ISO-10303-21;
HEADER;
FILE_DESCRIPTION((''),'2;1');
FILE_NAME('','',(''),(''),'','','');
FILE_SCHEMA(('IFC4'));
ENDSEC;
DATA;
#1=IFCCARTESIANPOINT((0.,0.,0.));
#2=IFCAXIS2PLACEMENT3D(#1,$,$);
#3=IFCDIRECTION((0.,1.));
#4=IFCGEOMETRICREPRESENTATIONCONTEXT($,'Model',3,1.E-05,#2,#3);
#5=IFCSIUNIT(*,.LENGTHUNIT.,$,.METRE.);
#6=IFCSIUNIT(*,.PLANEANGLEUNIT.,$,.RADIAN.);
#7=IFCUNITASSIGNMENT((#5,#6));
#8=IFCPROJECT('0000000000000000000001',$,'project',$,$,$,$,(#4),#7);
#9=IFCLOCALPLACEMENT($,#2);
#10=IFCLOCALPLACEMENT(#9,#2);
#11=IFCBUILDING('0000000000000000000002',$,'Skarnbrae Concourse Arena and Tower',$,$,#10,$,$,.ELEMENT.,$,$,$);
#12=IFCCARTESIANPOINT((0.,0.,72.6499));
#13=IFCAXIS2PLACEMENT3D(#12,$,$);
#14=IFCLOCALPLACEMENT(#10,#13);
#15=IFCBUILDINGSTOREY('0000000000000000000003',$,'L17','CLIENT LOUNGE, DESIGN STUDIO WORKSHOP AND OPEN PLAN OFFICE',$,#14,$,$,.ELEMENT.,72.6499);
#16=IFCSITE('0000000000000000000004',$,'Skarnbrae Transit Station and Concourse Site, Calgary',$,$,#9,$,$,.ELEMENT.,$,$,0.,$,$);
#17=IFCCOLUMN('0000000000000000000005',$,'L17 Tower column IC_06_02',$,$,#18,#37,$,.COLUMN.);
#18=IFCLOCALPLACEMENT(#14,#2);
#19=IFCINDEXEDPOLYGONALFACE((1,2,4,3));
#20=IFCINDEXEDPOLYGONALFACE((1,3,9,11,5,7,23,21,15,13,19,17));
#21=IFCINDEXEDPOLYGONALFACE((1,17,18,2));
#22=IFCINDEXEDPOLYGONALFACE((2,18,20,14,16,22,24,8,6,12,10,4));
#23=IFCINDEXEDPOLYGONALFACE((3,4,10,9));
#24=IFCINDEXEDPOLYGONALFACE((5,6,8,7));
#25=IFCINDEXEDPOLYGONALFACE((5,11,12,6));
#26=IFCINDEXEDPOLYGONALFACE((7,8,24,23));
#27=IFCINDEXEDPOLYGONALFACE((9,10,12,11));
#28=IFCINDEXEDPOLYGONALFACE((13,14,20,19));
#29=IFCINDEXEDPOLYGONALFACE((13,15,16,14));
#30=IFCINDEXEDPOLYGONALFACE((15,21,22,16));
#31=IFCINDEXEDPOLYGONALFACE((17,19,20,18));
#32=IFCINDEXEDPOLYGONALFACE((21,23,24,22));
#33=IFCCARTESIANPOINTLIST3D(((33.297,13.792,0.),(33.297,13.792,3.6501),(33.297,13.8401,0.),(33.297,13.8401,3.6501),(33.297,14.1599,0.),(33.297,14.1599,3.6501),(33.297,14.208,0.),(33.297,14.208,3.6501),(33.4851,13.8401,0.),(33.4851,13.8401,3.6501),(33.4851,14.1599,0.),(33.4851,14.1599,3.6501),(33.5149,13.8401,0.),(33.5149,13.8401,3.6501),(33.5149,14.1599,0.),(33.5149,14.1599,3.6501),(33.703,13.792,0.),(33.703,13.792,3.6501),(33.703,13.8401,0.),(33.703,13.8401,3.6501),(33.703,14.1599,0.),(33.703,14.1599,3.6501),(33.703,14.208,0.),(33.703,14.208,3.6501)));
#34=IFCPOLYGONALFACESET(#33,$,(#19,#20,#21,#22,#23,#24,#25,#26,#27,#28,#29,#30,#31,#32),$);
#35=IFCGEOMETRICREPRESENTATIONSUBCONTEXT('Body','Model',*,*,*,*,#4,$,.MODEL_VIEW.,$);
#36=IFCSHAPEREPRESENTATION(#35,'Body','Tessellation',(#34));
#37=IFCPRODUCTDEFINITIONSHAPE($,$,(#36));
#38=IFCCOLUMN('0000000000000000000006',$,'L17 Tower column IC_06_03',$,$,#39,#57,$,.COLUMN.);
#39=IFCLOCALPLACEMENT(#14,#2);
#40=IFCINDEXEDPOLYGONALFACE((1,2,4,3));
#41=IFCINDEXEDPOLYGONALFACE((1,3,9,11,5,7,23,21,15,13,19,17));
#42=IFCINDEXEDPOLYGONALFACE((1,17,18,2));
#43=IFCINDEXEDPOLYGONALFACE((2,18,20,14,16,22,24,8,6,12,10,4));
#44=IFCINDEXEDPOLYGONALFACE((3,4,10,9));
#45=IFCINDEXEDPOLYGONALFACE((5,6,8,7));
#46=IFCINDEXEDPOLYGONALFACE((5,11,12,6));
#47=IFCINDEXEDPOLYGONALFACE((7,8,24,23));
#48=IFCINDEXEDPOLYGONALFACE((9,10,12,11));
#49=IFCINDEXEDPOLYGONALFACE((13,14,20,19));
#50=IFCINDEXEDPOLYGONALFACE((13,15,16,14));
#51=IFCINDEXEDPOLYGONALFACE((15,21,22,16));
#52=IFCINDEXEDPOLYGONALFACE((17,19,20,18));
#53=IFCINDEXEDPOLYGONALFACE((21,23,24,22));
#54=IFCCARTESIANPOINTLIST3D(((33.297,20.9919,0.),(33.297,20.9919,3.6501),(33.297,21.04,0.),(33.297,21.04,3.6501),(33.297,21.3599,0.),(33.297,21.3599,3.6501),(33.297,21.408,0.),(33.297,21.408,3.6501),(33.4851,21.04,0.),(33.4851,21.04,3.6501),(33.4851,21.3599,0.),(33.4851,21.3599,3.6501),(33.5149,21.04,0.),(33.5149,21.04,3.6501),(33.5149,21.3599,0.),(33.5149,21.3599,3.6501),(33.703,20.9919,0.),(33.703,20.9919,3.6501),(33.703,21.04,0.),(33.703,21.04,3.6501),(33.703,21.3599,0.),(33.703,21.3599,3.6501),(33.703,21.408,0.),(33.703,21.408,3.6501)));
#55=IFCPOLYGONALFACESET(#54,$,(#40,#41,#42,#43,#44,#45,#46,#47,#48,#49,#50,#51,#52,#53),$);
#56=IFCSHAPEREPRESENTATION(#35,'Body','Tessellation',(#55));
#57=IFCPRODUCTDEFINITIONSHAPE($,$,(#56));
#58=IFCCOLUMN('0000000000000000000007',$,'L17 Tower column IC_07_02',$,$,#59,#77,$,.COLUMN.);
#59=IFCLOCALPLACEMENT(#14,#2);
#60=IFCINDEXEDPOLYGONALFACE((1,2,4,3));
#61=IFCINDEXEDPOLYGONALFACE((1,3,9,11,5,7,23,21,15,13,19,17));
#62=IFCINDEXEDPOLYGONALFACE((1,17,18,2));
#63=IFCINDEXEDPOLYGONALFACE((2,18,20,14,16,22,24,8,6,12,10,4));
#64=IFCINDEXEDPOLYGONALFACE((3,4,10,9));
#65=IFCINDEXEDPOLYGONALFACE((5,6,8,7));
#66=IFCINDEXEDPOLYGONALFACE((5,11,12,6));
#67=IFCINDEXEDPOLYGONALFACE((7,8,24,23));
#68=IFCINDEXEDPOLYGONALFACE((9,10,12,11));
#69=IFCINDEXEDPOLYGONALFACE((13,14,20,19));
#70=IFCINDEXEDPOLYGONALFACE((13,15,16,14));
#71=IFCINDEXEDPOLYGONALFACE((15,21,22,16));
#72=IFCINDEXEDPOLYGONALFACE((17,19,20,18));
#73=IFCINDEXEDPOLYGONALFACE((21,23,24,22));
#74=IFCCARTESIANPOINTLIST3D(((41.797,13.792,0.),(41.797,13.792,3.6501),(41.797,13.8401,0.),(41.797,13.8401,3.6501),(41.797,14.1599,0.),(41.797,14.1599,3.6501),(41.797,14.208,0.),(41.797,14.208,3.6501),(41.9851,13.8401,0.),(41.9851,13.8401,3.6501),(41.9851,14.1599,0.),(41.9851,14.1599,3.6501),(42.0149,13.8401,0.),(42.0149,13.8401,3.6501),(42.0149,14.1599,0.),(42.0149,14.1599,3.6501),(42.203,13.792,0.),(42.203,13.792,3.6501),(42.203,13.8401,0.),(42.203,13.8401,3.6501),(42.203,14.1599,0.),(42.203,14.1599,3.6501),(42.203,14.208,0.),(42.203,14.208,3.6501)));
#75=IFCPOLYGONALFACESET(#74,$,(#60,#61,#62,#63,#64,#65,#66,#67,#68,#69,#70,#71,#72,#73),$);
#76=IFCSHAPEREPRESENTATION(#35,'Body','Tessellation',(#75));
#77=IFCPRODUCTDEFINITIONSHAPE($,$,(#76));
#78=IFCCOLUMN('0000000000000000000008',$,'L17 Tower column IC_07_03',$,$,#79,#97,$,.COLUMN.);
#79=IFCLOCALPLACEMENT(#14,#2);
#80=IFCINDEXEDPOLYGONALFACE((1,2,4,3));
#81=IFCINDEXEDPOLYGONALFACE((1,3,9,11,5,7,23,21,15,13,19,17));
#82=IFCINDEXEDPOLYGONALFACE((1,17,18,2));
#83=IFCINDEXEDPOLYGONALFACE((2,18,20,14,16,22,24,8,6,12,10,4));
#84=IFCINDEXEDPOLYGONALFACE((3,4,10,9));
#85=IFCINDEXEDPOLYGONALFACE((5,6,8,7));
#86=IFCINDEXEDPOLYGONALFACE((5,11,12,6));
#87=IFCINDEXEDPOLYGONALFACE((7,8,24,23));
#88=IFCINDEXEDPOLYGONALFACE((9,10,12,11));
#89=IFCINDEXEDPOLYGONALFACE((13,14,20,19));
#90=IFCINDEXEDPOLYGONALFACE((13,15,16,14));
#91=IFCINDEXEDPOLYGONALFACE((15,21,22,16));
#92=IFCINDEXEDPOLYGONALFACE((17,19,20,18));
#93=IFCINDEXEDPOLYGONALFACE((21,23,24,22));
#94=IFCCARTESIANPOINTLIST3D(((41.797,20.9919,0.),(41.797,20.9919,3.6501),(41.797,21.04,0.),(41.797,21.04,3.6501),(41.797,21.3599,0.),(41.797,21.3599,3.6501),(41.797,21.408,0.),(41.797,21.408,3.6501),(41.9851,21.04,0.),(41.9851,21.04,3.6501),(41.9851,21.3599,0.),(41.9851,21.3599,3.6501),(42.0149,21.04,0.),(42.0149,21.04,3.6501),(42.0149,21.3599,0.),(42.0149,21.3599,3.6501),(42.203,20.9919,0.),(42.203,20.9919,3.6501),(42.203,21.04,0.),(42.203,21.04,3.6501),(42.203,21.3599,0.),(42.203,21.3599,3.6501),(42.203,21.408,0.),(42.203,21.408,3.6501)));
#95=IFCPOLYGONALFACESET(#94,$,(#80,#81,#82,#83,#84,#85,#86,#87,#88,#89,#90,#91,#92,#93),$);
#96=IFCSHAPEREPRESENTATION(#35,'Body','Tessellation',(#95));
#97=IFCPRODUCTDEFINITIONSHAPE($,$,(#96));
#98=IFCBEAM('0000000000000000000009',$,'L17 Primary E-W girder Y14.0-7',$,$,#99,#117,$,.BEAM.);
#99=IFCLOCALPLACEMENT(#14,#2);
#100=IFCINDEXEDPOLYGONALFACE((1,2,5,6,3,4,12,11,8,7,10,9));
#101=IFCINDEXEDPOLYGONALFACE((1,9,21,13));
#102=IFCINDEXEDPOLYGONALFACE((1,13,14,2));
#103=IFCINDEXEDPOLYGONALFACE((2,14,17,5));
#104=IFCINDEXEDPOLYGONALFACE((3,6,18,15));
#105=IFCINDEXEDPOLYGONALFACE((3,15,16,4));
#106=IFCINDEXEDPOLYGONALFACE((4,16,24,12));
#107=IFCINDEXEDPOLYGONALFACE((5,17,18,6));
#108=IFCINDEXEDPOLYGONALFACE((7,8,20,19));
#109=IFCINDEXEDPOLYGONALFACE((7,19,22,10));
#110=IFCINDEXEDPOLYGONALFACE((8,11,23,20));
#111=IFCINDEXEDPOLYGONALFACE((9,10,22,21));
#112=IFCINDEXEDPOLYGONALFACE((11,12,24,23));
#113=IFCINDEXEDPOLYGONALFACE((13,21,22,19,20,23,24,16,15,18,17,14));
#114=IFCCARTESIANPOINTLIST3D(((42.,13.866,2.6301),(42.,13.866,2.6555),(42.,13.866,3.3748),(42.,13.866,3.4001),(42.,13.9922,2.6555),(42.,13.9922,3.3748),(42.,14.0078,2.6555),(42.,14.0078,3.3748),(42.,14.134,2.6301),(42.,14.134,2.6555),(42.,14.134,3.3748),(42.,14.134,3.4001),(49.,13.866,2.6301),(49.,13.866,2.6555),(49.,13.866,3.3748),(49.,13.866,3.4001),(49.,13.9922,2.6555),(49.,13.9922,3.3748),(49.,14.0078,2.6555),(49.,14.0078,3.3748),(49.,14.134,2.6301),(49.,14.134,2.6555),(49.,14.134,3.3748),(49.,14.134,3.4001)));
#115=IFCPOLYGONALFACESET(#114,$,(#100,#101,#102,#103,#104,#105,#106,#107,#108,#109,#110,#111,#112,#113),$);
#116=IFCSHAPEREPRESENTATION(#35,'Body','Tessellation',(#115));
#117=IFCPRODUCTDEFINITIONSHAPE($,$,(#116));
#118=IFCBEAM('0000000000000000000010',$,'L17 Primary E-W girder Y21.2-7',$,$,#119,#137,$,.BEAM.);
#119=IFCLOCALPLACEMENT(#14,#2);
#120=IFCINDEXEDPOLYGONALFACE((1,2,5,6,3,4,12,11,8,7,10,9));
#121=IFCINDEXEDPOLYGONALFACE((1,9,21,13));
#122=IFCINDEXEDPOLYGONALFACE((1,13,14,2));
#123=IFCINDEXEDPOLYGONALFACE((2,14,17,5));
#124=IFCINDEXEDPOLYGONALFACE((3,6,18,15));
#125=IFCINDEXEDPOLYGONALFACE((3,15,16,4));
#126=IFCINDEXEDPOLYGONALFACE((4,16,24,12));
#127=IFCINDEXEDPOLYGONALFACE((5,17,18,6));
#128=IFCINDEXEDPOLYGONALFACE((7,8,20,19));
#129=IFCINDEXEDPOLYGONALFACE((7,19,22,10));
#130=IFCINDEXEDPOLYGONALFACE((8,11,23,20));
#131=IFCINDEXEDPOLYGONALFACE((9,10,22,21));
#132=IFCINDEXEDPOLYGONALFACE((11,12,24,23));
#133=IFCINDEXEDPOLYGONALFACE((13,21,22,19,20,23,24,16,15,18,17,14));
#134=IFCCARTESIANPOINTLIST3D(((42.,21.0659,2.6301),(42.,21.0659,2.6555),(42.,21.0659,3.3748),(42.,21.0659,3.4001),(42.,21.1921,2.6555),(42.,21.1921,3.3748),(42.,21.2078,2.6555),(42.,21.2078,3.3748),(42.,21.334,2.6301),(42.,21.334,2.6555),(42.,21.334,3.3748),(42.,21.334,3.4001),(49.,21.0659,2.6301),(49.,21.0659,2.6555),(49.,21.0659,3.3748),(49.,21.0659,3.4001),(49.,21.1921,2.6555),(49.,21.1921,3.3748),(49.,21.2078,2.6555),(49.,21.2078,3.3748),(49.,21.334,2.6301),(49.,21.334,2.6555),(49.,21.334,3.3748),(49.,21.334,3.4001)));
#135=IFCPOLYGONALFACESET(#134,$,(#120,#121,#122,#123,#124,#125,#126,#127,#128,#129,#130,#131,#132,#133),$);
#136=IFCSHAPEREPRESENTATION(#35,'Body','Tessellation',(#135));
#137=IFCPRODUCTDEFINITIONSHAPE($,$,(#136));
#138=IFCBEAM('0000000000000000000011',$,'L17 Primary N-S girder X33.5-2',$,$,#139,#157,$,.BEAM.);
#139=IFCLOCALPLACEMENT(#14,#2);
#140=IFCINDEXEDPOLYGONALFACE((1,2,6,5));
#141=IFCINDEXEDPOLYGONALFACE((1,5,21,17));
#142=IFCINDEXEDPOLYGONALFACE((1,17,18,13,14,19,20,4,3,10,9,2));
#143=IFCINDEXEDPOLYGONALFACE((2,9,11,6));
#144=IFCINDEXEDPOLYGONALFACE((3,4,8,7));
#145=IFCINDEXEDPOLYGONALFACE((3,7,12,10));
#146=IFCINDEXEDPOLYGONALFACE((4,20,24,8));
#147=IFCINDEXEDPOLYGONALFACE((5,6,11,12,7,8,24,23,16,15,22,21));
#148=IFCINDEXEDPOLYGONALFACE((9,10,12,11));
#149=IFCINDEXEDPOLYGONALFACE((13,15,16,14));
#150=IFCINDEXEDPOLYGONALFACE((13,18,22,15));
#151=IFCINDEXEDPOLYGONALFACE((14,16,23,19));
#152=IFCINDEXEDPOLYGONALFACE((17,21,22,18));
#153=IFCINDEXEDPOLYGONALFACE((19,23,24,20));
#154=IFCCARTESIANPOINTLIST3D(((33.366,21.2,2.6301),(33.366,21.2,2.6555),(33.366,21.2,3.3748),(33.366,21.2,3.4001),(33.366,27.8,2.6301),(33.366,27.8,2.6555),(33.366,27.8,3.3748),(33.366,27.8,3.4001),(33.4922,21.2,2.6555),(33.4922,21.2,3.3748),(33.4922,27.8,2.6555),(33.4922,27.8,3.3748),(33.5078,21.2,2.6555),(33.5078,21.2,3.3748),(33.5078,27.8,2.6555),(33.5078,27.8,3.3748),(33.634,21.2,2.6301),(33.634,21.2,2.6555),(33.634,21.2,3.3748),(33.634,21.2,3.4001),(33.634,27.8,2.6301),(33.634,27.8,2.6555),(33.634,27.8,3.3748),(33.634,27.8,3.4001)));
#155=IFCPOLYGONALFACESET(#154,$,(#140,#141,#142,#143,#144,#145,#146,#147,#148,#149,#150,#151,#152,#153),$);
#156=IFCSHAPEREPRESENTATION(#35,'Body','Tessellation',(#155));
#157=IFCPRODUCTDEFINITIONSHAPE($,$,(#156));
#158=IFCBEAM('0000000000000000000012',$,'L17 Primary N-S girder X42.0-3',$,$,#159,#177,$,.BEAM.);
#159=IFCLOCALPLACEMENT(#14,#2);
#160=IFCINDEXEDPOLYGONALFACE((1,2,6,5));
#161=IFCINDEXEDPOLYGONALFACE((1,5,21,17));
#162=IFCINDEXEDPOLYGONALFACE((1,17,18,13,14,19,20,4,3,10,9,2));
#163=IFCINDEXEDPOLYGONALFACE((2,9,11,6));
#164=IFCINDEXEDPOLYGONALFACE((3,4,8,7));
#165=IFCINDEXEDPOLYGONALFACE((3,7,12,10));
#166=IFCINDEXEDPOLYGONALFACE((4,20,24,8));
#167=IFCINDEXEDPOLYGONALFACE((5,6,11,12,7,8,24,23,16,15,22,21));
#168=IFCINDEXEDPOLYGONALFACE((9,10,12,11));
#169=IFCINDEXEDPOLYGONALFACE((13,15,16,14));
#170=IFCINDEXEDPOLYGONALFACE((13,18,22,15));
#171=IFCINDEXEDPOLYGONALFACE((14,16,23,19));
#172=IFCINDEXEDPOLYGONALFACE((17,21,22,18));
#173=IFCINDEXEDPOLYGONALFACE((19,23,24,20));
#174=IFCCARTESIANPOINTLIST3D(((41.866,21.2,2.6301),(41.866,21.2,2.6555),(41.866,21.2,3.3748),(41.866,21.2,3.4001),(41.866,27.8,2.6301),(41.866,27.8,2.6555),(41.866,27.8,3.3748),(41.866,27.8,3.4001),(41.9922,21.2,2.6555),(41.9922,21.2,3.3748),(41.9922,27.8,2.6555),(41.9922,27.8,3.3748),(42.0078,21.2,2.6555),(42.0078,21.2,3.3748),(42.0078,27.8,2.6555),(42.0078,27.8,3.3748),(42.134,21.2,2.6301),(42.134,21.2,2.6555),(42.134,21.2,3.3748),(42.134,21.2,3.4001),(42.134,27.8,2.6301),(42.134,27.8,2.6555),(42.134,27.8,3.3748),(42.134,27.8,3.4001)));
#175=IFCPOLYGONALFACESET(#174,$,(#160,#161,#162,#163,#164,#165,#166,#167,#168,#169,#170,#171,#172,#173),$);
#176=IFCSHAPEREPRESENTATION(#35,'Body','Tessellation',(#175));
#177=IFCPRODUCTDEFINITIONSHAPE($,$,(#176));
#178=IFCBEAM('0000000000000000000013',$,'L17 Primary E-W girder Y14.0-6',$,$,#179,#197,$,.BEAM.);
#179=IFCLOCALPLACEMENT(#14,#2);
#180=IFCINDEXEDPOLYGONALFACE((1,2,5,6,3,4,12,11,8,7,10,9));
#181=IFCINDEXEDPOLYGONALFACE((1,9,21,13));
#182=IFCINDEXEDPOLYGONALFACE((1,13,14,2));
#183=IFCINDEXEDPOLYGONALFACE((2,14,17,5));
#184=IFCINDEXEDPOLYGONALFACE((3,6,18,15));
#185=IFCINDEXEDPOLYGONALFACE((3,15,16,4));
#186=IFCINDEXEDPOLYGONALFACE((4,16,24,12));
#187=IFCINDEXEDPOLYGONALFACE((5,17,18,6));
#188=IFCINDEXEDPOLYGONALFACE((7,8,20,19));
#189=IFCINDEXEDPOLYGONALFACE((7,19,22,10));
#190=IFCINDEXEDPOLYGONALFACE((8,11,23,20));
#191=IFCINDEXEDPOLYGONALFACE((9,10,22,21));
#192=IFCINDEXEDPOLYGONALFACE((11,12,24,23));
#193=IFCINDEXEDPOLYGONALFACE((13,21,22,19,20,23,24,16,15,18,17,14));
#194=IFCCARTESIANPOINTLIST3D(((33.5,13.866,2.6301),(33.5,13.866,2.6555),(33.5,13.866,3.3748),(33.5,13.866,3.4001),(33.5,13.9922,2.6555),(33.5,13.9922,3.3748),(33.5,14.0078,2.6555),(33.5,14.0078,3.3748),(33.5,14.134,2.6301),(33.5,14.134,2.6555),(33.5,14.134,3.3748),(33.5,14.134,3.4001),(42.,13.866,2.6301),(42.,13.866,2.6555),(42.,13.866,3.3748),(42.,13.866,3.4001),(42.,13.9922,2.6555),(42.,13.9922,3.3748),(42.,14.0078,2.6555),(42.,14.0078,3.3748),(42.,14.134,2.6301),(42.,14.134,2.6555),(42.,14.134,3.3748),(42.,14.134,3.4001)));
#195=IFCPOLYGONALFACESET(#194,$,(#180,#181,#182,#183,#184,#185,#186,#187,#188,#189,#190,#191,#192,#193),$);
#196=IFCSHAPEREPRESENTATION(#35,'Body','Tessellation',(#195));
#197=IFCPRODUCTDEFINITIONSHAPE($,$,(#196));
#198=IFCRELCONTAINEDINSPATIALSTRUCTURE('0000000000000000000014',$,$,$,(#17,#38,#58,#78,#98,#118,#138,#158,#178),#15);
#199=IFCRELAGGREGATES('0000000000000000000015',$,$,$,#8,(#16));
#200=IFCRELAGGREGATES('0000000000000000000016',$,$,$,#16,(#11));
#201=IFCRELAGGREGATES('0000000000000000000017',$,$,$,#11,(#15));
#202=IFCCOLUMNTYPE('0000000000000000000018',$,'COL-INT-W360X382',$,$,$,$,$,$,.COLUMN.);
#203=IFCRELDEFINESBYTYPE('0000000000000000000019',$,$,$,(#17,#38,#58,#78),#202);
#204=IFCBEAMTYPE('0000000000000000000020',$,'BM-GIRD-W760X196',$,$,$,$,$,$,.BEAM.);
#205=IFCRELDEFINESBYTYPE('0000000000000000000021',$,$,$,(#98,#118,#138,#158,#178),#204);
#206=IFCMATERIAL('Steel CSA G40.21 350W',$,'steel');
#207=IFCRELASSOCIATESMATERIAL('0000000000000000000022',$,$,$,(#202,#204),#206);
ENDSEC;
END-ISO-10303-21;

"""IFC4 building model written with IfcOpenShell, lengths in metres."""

from ifc_helpers import new_model, si_unit, direction, frame, origin, origin_2d, place, context, subcontext, project, spatial, i_section, extrude, source, transform, mapped, material, material_profile, profile_set, type_object, element, save


model = new_model("IFC4")

# Units and contexts
model_context = context("Model", 3, precision=1e-05, world=origin(), true_north=direction((0.0, 1.0)))
body_context = subcontext(model_context, "Body", "Model", "MODEL_VIEW")
ifc_project = project(units=[si_unit("LENGTHUNIT", "METRE"), si_unit("PLANEANGLEUNIT", "RADIAN")], contexts=[model_context])

# Site, building, storey
site_placement = place(None, origin())
site = spatial("IfcSite", under=ifc_project, at=site_placement, Name="Skarnbrae Transit Station and Concourse Site, Calgary", CompositionType="ELEMENT", RefElevation=0.0)
building_placement = place(site_placement, origin())
building = spatial("IfcBuilding", under=site, at=building_placement, Name="Skarnbrae Concourse Arena and Tower", CompositionType="ELEMENT")
storey_placement = place(building_placement, frame((0.0, 0.0, 72.6499)))
storey = spatial("IfcBuildingStorey", under=building, at=storey_placement, Name="L17", Description="CLIENT LOUNGE, DESIGN STUDIO WORKSHOP AND OPEN PLAN OFFICE", CompositionType="ELEMENT", Elevation=72.6499)

# Columns
ifc_material_1 = material(Name="Steel CSA G40.21 350W", Category="steel")
ifc_material_profile_1 = material_profile(ifc_material_1, i_section(OverallWidth=0.406, OverallDepth=0.416, WebThickness=0.0298, FlangeThickness=0.0481, at=origin_2d()), Name="W360X382")
ifc_profile_set_1 = profile_set([ifc_material_profile_1], Name="Steel CSA G40.21 350W")
column_type = type_object("IfcColumnType", Name="COL-INT-W360X382", PredefinedType="COLUMN", material=ifc_profile_set_1)
shared_shape_1 = source(origin(), body_context, "Body", "SweptSolid", [
    extrude(i_section(OverallWidth=0.406, OverallDepth=0.416, WebThickness=0.0298, FlangeThickness=0.0481, at=origin_2d()), origin(), (0.0, 0.0, 1.0), 3.6501),
])
for number, where, z_axis, x_axis, name in (
    (1, (33.5, 14.0, 0.0), (0.0, 0.0, 1.0), (1.0, 0.0, 0.0), "L17 Tower column IC_06_02"),
    (2, (33.5, 21.2, 0.0), (0.0, 0.0, 1.0), (1.0, 0.0, 0.0), "L17 Tower column IC_06_03"),
    (3, (42.0, 14.0, 0.0), (0.0, 0.0, 1.0), (1.0, 0.0, 0.0), "L17 Tower column IC_07_02"),
    (4, (42.0, 21.2, 0.0), (0.0, 0.0, 1.0), (1.0, 0.0, 0.0), "L17 Tower column IC_07_03"),
):
    element("IfcColumn", number, at=place(storey_placement, frame(where, z_axis=z_axis, x_axis=x_axis)), inside=storey, type_object=column_type, Name=name, PredefinedType="COLUMN", context=body_context, shape_type="MappedRepresentation", body=[
        mapped(shared_shape_1, transform((0.0, 0.0, 0.0))),
    ])

# Beams
ifc_material_profile_2 = material_profile(ifc_material_1, i_section(OverallWidth=0.2681, OverallDepth=0.77, WebThickness=0.0156, FlangeThickness=0.0254, at=origin_2d()), Name="W760X196")
ifc_profile_set_2 = profile_set([ifc_material_profile_2], Name="Steel CSA G40.21 350W")
beam_type_1 = type_object("IfcBeamType", Name="BM-GIRD-W760X196", PredefinedType="BEAM", material=ifc_profile_set_2)
shared_shape_2 = source(origin(), body_context, "Body", "SweptSolid", [
    extrude(i_section(OverallWidth=0.2681, OverallDepth=0.77, WebThickness=0.0156, FlangeThickness=0.0254, at=origin_2d()), origin(), (0.0, 0.0, 1.0), 7.0),
])
for number, where, z_axis, x_axis, name in (
    (5, (42.0, 14.0, 3.0151), (1.0, 0.0, 0.0), (0.0, 1.0, 0.0), "L17 Primary E-W girder Y14.0-7"),
    (6, (42.0, 21.2, 3.0151), (1.0, 0.0, 0.0), (0.0, 1.0, 0.0), "L17 Primary E-W girder Y21.2-7"),
):
    element("IfcBeam", number, at=place(storey_placement, frame(where, z_axis=z_axis, x_axis=x_axis)), inside=storey, type_object=beam_type_1, Name=name, PredefinedType="BEAM", context=body_context, shape_type="MappedRepresentation", body=[
        mapped(shared_shape_2, transform((0.0, 0.0, 0.0))),
    ])
shared_shape_3 = source(origin(), body_context, "Body", "SweptSolid", [
    extrude(i_section(OverallWidth=0.2681, OverallDepth=0.77, WebThickness=0.0156, FlangeThickness=0.0254, at=origin_2d()), origin(), (0.0, 0.0, 1.0), 6.6001),
])
for number, where, z_axis, x_axis, name in (
    (7, (33.5, 21.2, 3.0151), (0.0, 1.0, 0.0), (-1.0, 0.0, 0.0), "L17 Primary N-S girder X33.5-2"),
    (8, (42.0, 21.2, 3.0151), (0.0, 1.0, 0.0), (-1.0, 0.0, 0.0), "L17 Primary N-S girder X42.0-3"),
):
    element("IfcBeam", number, at=place(storey_placement, frame(where, z_axis=z_axis, x_axis=x_axis)), inside=storey, type_object=beam_type_1, Name=name, PredefinedType="BEAM", context=body_context, shape_type="MappedRepresentation", body=[
        mapped(shared_shape_3, transform((0.0, 0.0, 0.0))),
    ])
shared_shape_4 = source(origin(), body_context, "Body", "SweptSolid", [
    extrude(i_section(OverallWidth=0.2681, OverallDepth=0.77, WebThickness=0.0156, FlangeThickness=0.0254, at=origin_2d()), origin(), (0.0, 0.0, 1.0), 8.5),
])
for number, where, z_axis, x_axis, name in (
    (9, (33.5, 14.0, 3.0151), (1.0, 0.0, 0.0), (0.0, 1.0, 0.0), "L17 Primary E-W girder Y14.0-6"),
):
    element("IfcBeam", number, at=place(storey_placement, frame(where, z_axis=z_axis, x_axis=x_axis)), inside=storey, type_object=beam_type_1, Name=name, PredefinedType="BEAM", context=body_context, shape_type="MappedRepresentation", body=[
        mapped(shared_shape_4, transform((0.0, 0.0, 0.0))),
    ])

save(model, "model.ifc")
